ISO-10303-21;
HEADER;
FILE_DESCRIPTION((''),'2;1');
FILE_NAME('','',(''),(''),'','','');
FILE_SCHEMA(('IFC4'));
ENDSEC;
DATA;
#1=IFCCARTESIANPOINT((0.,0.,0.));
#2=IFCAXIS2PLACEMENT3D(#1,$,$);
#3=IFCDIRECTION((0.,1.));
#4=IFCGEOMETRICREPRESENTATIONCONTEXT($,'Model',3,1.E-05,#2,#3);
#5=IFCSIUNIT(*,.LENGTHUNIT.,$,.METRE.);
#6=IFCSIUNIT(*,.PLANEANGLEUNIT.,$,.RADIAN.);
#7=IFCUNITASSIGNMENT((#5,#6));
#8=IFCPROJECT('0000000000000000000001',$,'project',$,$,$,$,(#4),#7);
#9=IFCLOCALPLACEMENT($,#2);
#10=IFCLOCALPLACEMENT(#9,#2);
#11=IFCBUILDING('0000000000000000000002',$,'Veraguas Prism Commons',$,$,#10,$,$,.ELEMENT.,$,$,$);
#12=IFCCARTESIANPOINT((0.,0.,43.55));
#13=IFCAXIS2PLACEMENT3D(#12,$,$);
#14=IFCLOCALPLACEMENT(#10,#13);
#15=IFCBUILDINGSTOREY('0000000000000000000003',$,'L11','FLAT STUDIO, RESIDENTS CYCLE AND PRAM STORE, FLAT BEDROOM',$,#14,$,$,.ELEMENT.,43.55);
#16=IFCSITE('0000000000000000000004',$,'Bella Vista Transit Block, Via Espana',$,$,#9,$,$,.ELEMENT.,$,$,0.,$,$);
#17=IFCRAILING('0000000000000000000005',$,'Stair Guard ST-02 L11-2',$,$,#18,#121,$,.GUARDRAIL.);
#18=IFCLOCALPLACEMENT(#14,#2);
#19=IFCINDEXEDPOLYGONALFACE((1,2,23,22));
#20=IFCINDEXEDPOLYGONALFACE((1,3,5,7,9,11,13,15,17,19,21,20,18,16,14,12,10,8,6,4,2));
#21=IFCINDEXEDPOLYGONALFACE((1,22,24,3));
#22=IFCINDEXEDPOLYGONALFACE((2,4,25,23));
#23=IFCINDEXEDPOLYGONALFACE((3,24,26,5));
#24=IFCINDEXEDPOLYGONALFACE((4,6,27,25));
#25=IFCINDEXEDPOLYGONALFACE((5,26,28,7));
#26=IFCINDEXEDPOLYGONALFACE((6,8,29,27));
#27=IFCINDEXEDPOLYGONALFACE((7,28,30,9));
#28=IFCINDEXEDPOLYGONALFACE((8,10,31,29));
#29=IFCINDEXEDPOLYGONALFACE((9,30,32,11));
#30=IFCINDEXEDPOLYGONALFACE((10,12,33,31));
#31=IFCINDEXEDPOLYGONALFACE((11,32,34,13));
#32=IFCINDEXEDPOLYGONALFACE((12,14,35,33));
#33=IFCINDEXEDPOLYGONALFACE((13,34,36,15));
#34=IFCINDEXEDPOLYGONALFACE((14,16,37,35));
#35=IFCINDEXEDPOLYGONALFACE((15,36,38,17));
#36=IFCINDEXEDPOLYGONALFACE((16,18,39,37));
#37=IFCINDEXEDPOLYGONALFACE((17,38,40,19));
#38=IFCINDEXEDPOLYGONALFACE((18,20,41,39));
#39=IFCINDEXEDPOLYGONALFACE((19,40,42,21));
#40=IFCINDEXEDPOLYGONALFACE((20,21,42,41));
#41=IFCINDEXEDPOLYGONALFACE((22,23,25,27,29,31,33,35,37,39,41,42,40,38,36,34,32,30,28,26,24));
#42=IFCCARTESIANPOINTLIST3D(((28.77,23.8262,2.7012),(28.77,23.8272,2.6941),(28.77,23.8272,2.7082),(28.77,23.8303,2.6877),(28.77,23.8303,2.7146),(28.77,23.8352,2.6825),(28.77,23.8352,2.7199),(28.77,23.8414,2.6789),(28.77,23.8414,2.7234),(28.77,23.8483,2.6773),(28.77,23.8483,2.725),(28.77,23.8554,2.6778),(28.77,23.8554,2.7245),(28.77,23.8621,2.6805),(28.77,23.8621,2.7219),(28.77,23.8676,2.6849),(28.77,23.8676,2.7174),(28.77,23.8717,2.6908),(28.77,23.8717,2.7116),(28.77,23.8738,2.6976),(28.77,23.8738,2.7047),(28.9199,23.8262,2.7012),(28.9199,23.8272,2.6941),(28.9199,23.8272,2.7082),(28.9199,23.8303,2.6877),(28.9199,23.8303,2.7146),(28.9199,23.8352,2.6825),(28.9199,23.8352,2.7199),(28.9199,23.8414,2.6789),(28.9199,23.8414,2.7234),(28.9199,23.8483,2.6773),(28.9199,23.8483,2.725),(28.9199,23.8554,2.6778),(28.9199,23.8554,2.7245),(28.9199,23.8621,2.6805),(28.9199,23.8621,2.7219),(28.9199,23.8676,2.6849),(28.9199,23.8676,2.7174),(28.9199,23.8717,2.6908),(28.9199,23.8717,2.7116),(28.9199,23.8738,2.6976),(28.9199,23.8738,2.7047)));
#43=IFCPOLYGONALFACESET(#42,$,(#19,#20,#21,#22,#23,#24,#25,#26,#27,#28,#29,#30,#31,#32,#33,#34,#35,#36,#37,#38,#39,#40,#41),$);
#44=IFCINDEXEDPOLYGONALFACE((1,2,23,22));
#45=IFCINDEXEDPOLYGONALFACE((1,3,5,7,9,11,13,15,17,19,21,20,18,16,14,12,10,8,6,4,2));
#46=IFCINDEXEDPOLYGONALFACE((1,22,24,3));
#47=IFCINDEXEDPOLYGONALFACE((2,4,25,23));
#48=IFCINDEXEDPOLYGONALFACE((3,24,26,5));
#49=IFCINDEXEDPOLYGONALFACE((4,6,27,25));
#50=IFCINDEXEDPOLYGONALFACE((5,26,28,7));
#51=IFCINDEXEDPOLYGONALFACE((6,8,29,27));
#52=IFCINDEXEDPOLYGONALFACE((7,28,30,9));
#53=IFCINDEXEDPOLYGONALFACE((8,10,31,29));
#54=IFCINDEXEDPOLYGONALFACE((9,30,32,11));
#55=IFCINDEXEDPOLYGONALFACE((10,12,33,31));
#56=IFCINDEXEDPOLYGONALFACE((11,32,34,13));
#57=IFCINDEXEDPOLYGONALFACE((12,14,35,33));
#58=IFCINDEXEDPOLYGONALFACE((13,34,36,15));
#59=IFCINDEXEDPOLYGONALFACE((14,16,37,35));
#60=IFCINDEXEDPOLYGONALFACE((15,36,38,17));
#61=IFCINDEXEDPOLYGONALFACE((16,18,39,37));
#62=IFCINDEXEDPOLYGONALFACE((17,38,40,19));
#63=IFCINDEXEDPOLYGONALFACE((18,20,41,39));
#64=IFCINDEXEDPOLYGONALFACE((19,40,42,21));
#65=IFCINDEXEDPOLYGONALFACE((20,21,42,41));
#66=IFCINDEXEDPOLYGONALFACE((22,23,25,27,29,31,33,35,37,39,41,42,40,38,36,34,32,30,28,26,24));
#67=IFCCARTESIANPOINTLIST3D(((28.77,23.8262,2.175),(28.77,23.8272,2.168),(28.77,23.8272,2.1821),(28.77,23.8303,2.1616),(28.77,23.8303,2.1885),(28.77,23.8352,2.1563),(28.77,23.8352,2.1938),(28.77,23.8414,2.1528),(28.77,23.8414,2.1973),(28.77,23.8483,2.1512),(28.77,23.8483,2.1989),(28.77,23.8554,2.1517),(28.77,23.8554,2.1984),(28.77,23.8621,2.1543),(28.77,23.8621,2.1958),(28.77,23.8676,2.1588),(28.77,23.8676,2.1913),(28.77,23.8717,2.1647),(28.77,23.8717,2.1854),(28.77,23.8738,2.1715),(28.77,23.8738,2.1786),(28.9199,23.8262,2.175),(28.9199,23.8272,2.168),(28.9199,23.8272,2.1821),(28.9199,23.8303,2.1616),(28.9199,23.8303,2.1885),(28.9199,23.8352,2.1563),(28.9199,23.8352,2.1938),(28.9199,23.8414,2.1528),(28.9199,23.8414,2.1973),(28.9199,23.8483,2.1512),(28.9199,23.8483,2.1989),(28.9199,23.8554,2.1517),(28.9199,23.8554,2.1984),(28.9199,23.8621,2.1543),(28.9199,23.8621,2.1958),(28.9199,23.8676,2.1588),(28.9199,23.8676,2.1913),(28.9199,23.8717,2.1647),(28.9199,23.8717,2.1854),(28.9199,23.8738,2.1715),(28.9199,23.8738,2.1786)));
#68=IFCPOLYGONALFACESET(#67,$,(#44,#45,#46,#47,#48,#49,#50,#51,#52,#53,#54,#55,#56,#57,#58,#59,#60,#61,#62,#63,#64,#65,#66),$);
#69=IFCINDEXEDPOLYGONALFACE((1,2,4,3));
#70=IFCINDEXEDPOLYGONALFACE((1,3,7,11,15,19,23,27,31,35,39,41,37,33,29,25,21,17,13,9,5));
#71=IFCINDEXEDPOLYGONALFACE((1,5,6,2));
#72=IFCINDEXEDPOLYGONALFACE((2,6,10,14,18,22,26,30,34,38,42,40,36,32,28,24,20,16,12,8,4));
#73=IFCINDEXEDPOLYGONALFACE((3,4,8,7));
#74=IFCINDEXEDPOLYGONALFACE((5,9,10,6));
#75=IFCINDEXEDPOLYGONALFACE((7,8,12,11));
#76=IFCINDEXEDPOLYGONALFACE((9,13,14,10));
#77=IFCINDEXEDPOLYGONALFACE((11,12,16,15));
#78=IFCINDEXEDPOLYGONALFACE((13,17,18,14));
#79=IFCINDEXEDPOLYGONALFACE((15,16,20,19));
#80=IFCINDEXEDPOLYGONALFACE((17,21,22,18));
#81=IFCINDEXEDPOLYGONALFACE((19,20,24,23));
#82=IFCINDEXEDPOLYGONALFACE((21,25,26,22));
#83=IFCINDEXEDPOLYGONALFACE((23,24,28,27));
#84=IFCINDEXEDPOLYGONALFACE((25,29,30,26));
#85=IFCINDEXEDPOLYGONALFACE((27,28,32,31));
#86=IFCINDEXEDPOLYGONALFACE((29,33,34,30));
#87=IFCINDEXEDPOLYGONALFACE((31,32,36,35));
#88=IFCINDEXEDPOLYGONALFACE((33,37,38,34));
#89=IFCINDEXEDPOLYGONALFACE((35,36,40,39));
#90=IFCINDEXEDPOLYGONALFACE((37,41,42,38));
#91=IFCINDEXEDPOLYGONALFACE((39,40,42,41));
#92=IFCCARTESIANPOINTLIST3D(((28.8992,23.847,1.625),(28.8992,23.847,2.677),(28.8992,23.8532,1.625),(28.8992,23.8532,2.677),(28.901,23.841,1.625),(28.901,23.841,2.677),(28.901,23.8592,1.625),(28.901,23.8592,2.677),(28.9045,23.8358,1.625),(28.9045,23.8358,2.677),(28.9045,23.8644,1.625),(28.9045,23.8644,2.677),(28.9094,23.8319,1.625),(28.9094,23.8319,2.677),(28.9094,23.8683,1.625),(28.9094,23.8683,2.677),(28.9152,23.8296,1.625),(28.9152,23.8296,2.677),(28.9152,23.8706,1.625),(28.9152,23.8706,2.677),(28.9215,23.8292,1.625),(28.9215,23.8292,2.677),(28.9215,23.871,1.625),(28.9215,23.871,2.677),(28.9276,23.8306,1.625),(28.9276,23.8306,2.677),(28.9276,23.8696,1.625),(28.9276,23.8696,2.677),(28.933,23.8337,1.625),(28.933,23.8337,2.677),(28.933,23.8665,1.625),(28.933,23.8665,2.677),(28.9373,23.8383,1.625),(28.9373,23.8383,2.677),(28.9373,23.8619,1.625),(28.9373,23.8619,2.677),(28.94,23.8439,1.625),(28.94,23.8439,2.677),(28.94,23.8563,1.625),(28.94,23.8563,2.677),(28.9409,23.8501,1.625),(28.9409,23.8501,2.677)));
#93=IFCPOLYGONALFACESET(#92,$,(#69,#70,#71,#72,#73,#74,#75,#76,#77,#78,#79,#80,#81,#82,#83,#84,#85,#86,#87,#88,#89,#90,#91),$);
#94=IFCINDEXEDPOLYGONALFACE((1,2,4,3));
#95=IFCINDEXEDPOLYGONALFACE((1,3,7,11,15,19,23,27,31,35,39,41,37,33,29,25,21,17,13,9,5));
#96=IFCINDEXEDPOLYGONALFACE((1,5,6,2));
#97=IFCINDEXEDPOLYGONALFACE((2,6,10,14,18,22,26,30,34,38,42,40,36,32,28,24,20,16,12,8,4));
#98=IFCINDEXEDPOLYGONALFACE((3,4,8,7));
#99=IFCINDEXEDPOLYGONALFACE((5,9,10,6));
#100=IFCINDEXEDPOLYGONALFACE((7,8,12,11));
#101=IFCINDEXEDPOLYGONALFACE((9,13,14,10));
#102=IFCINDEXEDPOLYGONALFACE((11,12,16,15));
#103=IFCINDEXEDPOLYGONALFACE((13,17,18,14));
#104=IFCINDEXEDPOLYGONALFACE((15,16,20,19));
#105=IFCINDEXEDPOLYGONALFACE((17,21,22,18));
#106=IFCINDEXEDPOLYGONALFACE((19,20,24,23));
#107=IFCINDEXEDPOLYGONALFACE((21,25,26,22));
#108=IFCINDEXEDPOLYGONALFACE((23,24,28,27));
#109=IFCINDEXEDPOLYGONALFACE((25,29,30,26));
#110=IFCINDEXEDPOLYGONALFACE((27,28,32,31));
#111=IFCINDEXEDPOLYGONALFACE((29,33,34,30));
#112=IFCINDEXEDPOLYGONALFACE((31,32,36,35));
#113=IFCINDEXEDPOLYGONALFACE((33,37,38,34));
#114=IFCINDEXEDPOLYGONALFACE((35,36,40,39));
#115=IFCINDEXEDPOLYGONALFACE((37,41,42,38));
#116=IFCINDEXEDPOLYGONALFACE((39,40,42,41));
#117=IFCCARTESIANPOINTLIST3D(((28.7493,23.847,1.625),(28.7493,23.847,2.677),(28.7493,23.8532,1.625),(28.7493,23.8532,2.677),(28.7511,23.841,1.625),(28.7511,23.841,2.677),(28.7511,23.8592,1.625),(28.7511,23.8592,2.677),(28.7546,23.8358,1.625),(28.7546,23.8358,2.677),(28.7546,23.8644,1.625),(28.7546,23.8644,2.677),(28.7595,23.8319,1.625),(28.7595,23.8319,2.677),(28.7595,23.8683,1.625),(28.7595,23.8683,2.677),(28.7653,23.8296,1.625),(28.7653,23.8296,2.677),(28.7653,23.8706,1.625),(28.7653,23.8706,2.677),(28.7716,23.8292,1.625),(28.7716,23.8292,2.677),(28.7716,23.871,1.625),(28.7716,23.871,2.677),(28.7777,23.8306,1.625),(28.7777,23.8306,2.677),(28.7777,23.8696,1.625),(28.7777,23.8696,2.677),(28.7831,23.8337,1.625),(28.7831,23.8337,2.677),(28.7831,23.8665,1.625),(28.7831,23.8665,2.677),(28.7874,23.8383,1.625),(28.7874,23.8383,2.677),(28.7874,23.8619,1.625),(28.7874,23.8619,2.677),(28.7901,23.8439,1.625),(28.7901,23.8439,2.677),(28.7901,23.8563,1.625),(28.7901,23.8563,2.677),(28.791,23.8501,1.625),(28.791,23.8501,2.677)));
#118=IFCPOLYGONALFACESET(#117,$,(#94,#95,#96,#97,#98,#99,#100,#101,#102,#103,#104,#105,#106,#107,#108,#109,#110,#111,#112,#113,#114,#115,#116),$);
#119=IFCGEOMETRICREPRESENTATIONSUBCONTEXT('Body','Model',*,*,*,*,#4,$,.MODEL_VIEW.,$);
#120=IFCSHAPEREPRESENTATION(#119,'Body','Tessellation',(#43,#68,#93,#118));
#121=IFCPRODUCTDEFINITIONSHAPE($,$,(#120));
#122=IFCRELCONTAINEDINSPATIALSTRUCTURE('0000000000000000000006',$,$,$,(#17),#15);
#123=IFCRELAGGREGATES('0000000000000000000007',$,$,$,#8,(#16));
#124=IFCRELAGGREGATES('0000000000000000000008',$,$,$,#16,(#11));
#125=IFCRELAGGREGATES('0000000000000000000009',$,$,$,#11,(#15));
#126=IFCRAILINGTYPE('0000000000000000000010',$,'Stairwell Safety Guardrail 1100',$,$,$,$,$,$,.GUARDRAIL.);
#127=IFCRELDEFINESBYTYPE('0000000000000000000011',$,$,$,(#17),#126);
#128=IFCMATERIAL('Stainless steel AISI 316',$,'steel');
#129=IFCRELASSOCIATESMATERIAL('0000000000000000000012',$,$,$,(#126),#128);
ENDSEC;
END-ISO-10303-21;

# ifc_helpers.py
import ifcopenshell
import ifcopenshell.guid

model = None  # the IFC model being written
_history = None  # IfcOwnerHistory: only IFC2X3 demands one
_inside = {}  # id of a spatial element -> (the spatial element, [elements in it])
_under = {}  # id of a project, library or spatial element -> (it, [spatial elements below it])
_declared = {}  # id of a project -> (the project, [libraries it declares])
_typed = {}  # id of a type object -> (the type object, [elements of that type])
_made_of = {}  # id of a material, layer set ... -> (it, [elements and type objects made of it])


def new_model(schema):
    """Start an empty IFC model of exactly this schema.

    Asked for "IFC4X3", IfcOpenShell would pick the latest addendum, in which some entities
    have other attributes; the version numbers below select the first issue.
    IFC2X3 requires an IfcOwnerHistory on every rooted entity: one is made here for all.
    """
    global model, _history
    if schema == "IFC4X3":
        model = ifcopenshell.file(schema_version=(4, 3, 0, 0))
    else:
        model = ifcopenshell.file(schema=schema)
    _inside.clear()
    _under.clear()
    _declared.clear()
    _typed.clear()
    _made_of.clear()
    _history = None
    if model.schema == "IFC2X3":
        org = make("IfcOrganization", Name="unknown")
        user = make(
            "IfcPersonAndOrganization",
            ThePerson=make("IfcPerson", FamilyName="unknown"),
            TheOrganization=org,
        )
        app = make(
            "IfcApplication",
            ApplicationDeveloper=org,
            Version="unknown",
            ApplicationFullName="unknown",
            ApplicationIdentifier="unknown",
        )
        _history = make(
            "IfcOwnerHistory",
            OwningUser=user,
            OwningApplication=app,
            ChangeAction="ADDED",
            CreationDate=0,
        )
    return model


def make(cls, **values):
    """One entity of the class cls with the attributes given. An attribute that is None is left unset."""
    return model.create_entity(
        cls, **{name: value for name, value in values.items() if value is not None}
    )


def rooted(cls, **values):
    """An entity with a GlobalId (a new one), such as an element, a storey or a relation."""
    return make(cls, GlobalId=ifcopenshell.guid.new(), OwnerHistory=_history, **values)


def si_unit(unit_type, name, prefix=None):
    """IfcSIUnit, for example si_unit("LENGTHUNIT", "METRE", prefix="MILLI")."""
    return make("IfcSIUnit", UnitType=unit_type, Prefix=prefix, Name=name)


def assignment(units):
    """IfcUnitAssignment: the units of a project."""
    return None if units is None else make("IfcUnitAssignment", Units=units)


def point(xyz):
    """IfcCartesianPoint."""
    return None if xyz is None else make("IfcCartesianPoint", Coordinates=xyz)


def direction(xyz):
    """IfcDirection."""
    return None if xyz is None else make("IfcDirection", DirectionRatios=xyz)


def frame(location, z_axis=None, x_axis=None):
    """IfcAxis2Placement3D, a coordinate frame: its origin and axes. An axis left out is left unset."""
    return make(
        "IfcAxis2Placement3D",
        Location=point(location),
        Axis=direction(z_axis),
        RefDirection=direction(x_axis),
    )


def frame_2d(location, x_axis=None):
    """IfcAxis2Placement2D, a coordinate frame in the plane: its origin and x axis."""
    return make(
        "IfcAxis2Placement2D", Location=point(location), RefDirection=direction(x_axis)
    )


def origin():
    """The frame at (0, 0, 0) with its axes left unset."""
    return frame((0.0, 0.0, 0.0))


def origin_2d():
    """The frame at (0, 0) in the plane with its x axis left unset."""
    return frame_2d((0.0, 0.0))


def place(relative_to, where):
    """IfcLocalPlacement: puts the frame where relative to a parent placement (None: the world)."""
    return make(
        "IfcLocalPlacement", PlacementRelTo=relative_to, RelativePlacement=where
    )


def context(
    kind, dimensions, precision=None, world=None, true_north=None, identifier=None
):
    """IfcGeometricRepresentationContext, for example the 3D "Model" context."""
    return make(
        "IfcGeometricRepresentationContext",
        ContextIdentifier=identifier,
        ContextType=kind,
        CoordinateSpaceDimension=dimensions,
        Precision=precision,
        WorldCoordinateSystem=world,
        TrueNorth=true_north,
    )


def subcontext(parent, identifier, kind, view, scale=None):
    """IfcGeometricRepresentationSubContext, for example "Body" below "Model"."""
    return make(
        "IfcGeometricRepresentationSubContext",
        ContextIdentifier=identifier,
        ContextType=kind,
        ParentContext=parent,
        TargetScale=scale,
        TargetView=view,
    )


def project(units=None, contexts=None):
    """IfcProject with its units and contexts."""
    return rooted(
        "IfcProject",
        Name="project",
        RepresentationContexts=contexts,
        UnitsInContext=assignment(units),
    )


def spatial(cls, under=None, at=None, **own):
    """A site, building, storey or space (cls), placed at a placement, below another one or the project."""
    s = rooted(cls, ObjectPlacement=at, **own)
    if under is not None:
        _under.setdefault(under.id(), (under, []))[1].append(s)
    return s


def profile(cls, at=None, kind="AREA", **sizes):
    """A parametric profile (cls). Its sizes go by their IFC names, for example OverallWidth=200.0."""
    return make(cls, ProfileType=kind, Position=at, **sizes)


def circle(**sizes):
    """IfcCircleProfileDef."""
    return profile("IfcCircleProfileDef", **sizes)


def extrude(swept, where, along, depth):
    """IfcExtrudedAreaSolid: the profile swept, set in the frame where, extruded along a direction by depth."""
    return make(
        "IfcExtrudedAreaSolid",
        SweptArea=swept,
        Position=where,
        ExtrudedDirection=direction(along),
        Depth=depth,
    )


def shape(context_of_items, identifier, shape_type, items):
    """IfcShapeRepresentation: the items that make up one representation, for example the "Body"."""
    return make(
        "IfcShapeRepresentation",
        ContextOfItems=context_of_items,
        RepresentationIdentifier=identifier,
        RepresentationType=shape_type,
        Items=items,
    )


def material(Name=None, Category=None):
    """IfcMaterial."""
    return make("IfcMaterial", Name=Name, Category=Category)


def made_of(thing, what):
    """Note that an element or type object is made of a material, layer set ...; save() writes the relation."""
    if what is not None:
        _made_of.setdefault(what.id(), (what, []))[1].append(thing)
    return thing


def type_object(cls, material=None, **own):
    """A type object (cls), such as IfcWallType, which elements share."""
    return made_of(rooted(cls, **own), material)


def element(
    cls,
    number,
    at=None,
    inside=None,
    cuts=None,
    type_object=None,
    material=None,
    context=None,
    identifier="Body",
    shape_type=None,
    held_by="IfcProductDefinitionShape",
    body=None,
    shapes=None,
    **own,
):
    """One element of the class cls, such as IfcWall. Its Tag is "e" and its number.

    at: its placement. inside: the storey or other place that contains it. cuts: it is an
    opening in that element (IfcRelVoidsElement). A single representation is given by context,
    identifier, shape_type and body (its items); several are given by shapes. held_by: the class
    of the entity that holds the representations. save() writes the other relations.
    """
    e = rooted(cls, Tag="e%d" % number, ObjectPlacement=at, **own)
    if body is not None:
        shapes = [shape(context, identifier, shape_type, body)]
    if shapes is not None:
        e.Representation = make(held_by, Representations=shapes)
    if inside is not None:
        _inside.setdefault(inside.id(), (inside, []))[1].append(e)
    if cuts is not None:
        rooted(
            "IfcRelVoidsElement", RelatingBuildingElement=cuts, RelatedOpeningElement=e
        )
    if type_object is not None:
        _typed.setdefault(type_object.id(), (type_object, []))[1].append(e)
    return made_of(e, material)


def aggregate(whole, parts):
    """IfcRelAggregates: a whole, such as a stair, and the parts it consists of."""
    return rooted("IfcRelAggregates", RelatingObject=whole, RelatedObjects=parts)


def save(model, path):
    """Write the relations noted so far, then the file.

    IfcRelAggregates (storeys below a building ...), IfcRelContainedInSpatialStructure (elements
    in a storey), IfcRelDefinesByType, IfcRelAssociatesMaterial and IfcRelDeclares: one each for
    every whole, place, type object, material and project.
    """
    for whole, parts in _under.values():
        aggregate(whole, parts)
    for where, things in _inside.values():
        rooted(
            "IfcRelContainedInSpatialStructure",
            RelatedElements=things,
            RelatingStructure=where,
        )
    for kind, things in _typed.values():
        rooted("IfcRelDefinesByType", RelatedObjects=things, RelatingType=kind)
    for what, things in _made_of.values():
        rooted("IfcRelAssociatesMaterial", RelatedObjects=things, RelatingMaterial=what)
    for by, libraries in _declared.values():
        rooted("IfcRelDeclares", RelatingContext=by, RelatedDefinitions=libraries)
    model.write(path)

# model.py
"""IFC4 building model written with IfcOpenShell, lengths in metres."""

from ifc_helpers import new_model, si_unit, direction, frame, origin, origin_2d, place, context, subcontext, project, spatial, circle, extrude, material, type_object, element, save


model = new_model("IFC4")

# Units and contexts
model_context = context("Model", 3, precision=1e-05, world=origin(), true_north=direction((0.0, 1.0)))
body_context = subcontext(model_context, "Body", "Model", "MODEL_VIEW")
ifc_project = project(units=[si_unit("LENGTHUNIT", "METRE"), si_unit("PLANEANGLEUNIT", "RADIAN")], contexts=[model_context])

# Site, building, storey
site_placement = place(None, origin())
site = spatial("IfcSite", under=ifc_project, at=site_placement, Name="Bella Vista Transit Block, Via Espana", CompositionType="ELEMENT", RefElevation=0.0)
building_placement = place(site_placement, origin())
building = spatial("IfcBuilding", under=site, at=building_placement, Name="Veraguas Prism Commons", CompositionType="ELEMENT")
storey_placement = place(building_placement, frame((0.0, 0.0, 43.55)))
storey = spatial("IfcBuildingStorey", under=building, at=storey_placement, Name="L11", Description="FLAT STUDIO, RESIDENTS CYCLE AND PRAM STORE, FLAT BEDROOM", CompositionType="ELEMENT", Elevation=43.55)

# Shared definitions
ifc_material_1 = material(Name="Stainless steel AISI 316", Category="steel")

# Railing
railing_type_1 = type_object("IfcRailingType", Name="Stairwell Safety Guardrail 1100", PredefinedType="GUARDRAIL", material=ifc_material_1)
railing_1_placement = place(storey_placement, frame((28.9199, 23.8501, 1.625)))
element("IfcRailing", 1, at=railing_1_placement, inside=storey, type_object=railing_type_1, Name="Stair Guard ST-02 L11-2", PredefinedType="GUARDRAIL", context=body_context, shape_type="SweptSolid", body=[
    extrude(circle(Radius=0.0239, at=origin_2d()), frame((0.0, 0.0, 1.0762), z_axis=(-1.0, 0.0, 0.0), x_axis=(0.0, -1.0, 0.0)), (0.0, 0.0, 1.0), 0.1499),
    extrude(circle(Radius=0.0239, at=origin_2d()), frame((0.0, 0.0, 0.55), z_axis=(-1.0, 0.0, 0.0), x_axis=(0.0, -1.0, 0.0)), (0.0, 0.0, 1.0), 0.1499),
    extrude(circle(Radius=0.021, at=origin_2d()), origin(), (0.0, 0.0, 1.0), 1.052),
    extrude(circle(Radius=0.021, at=origin_2d()), frame((-0.1499, 0.0, 0.0)), (0.0, 0.0, 1.0), 1.052),
])

save(model, "model.ifc")
